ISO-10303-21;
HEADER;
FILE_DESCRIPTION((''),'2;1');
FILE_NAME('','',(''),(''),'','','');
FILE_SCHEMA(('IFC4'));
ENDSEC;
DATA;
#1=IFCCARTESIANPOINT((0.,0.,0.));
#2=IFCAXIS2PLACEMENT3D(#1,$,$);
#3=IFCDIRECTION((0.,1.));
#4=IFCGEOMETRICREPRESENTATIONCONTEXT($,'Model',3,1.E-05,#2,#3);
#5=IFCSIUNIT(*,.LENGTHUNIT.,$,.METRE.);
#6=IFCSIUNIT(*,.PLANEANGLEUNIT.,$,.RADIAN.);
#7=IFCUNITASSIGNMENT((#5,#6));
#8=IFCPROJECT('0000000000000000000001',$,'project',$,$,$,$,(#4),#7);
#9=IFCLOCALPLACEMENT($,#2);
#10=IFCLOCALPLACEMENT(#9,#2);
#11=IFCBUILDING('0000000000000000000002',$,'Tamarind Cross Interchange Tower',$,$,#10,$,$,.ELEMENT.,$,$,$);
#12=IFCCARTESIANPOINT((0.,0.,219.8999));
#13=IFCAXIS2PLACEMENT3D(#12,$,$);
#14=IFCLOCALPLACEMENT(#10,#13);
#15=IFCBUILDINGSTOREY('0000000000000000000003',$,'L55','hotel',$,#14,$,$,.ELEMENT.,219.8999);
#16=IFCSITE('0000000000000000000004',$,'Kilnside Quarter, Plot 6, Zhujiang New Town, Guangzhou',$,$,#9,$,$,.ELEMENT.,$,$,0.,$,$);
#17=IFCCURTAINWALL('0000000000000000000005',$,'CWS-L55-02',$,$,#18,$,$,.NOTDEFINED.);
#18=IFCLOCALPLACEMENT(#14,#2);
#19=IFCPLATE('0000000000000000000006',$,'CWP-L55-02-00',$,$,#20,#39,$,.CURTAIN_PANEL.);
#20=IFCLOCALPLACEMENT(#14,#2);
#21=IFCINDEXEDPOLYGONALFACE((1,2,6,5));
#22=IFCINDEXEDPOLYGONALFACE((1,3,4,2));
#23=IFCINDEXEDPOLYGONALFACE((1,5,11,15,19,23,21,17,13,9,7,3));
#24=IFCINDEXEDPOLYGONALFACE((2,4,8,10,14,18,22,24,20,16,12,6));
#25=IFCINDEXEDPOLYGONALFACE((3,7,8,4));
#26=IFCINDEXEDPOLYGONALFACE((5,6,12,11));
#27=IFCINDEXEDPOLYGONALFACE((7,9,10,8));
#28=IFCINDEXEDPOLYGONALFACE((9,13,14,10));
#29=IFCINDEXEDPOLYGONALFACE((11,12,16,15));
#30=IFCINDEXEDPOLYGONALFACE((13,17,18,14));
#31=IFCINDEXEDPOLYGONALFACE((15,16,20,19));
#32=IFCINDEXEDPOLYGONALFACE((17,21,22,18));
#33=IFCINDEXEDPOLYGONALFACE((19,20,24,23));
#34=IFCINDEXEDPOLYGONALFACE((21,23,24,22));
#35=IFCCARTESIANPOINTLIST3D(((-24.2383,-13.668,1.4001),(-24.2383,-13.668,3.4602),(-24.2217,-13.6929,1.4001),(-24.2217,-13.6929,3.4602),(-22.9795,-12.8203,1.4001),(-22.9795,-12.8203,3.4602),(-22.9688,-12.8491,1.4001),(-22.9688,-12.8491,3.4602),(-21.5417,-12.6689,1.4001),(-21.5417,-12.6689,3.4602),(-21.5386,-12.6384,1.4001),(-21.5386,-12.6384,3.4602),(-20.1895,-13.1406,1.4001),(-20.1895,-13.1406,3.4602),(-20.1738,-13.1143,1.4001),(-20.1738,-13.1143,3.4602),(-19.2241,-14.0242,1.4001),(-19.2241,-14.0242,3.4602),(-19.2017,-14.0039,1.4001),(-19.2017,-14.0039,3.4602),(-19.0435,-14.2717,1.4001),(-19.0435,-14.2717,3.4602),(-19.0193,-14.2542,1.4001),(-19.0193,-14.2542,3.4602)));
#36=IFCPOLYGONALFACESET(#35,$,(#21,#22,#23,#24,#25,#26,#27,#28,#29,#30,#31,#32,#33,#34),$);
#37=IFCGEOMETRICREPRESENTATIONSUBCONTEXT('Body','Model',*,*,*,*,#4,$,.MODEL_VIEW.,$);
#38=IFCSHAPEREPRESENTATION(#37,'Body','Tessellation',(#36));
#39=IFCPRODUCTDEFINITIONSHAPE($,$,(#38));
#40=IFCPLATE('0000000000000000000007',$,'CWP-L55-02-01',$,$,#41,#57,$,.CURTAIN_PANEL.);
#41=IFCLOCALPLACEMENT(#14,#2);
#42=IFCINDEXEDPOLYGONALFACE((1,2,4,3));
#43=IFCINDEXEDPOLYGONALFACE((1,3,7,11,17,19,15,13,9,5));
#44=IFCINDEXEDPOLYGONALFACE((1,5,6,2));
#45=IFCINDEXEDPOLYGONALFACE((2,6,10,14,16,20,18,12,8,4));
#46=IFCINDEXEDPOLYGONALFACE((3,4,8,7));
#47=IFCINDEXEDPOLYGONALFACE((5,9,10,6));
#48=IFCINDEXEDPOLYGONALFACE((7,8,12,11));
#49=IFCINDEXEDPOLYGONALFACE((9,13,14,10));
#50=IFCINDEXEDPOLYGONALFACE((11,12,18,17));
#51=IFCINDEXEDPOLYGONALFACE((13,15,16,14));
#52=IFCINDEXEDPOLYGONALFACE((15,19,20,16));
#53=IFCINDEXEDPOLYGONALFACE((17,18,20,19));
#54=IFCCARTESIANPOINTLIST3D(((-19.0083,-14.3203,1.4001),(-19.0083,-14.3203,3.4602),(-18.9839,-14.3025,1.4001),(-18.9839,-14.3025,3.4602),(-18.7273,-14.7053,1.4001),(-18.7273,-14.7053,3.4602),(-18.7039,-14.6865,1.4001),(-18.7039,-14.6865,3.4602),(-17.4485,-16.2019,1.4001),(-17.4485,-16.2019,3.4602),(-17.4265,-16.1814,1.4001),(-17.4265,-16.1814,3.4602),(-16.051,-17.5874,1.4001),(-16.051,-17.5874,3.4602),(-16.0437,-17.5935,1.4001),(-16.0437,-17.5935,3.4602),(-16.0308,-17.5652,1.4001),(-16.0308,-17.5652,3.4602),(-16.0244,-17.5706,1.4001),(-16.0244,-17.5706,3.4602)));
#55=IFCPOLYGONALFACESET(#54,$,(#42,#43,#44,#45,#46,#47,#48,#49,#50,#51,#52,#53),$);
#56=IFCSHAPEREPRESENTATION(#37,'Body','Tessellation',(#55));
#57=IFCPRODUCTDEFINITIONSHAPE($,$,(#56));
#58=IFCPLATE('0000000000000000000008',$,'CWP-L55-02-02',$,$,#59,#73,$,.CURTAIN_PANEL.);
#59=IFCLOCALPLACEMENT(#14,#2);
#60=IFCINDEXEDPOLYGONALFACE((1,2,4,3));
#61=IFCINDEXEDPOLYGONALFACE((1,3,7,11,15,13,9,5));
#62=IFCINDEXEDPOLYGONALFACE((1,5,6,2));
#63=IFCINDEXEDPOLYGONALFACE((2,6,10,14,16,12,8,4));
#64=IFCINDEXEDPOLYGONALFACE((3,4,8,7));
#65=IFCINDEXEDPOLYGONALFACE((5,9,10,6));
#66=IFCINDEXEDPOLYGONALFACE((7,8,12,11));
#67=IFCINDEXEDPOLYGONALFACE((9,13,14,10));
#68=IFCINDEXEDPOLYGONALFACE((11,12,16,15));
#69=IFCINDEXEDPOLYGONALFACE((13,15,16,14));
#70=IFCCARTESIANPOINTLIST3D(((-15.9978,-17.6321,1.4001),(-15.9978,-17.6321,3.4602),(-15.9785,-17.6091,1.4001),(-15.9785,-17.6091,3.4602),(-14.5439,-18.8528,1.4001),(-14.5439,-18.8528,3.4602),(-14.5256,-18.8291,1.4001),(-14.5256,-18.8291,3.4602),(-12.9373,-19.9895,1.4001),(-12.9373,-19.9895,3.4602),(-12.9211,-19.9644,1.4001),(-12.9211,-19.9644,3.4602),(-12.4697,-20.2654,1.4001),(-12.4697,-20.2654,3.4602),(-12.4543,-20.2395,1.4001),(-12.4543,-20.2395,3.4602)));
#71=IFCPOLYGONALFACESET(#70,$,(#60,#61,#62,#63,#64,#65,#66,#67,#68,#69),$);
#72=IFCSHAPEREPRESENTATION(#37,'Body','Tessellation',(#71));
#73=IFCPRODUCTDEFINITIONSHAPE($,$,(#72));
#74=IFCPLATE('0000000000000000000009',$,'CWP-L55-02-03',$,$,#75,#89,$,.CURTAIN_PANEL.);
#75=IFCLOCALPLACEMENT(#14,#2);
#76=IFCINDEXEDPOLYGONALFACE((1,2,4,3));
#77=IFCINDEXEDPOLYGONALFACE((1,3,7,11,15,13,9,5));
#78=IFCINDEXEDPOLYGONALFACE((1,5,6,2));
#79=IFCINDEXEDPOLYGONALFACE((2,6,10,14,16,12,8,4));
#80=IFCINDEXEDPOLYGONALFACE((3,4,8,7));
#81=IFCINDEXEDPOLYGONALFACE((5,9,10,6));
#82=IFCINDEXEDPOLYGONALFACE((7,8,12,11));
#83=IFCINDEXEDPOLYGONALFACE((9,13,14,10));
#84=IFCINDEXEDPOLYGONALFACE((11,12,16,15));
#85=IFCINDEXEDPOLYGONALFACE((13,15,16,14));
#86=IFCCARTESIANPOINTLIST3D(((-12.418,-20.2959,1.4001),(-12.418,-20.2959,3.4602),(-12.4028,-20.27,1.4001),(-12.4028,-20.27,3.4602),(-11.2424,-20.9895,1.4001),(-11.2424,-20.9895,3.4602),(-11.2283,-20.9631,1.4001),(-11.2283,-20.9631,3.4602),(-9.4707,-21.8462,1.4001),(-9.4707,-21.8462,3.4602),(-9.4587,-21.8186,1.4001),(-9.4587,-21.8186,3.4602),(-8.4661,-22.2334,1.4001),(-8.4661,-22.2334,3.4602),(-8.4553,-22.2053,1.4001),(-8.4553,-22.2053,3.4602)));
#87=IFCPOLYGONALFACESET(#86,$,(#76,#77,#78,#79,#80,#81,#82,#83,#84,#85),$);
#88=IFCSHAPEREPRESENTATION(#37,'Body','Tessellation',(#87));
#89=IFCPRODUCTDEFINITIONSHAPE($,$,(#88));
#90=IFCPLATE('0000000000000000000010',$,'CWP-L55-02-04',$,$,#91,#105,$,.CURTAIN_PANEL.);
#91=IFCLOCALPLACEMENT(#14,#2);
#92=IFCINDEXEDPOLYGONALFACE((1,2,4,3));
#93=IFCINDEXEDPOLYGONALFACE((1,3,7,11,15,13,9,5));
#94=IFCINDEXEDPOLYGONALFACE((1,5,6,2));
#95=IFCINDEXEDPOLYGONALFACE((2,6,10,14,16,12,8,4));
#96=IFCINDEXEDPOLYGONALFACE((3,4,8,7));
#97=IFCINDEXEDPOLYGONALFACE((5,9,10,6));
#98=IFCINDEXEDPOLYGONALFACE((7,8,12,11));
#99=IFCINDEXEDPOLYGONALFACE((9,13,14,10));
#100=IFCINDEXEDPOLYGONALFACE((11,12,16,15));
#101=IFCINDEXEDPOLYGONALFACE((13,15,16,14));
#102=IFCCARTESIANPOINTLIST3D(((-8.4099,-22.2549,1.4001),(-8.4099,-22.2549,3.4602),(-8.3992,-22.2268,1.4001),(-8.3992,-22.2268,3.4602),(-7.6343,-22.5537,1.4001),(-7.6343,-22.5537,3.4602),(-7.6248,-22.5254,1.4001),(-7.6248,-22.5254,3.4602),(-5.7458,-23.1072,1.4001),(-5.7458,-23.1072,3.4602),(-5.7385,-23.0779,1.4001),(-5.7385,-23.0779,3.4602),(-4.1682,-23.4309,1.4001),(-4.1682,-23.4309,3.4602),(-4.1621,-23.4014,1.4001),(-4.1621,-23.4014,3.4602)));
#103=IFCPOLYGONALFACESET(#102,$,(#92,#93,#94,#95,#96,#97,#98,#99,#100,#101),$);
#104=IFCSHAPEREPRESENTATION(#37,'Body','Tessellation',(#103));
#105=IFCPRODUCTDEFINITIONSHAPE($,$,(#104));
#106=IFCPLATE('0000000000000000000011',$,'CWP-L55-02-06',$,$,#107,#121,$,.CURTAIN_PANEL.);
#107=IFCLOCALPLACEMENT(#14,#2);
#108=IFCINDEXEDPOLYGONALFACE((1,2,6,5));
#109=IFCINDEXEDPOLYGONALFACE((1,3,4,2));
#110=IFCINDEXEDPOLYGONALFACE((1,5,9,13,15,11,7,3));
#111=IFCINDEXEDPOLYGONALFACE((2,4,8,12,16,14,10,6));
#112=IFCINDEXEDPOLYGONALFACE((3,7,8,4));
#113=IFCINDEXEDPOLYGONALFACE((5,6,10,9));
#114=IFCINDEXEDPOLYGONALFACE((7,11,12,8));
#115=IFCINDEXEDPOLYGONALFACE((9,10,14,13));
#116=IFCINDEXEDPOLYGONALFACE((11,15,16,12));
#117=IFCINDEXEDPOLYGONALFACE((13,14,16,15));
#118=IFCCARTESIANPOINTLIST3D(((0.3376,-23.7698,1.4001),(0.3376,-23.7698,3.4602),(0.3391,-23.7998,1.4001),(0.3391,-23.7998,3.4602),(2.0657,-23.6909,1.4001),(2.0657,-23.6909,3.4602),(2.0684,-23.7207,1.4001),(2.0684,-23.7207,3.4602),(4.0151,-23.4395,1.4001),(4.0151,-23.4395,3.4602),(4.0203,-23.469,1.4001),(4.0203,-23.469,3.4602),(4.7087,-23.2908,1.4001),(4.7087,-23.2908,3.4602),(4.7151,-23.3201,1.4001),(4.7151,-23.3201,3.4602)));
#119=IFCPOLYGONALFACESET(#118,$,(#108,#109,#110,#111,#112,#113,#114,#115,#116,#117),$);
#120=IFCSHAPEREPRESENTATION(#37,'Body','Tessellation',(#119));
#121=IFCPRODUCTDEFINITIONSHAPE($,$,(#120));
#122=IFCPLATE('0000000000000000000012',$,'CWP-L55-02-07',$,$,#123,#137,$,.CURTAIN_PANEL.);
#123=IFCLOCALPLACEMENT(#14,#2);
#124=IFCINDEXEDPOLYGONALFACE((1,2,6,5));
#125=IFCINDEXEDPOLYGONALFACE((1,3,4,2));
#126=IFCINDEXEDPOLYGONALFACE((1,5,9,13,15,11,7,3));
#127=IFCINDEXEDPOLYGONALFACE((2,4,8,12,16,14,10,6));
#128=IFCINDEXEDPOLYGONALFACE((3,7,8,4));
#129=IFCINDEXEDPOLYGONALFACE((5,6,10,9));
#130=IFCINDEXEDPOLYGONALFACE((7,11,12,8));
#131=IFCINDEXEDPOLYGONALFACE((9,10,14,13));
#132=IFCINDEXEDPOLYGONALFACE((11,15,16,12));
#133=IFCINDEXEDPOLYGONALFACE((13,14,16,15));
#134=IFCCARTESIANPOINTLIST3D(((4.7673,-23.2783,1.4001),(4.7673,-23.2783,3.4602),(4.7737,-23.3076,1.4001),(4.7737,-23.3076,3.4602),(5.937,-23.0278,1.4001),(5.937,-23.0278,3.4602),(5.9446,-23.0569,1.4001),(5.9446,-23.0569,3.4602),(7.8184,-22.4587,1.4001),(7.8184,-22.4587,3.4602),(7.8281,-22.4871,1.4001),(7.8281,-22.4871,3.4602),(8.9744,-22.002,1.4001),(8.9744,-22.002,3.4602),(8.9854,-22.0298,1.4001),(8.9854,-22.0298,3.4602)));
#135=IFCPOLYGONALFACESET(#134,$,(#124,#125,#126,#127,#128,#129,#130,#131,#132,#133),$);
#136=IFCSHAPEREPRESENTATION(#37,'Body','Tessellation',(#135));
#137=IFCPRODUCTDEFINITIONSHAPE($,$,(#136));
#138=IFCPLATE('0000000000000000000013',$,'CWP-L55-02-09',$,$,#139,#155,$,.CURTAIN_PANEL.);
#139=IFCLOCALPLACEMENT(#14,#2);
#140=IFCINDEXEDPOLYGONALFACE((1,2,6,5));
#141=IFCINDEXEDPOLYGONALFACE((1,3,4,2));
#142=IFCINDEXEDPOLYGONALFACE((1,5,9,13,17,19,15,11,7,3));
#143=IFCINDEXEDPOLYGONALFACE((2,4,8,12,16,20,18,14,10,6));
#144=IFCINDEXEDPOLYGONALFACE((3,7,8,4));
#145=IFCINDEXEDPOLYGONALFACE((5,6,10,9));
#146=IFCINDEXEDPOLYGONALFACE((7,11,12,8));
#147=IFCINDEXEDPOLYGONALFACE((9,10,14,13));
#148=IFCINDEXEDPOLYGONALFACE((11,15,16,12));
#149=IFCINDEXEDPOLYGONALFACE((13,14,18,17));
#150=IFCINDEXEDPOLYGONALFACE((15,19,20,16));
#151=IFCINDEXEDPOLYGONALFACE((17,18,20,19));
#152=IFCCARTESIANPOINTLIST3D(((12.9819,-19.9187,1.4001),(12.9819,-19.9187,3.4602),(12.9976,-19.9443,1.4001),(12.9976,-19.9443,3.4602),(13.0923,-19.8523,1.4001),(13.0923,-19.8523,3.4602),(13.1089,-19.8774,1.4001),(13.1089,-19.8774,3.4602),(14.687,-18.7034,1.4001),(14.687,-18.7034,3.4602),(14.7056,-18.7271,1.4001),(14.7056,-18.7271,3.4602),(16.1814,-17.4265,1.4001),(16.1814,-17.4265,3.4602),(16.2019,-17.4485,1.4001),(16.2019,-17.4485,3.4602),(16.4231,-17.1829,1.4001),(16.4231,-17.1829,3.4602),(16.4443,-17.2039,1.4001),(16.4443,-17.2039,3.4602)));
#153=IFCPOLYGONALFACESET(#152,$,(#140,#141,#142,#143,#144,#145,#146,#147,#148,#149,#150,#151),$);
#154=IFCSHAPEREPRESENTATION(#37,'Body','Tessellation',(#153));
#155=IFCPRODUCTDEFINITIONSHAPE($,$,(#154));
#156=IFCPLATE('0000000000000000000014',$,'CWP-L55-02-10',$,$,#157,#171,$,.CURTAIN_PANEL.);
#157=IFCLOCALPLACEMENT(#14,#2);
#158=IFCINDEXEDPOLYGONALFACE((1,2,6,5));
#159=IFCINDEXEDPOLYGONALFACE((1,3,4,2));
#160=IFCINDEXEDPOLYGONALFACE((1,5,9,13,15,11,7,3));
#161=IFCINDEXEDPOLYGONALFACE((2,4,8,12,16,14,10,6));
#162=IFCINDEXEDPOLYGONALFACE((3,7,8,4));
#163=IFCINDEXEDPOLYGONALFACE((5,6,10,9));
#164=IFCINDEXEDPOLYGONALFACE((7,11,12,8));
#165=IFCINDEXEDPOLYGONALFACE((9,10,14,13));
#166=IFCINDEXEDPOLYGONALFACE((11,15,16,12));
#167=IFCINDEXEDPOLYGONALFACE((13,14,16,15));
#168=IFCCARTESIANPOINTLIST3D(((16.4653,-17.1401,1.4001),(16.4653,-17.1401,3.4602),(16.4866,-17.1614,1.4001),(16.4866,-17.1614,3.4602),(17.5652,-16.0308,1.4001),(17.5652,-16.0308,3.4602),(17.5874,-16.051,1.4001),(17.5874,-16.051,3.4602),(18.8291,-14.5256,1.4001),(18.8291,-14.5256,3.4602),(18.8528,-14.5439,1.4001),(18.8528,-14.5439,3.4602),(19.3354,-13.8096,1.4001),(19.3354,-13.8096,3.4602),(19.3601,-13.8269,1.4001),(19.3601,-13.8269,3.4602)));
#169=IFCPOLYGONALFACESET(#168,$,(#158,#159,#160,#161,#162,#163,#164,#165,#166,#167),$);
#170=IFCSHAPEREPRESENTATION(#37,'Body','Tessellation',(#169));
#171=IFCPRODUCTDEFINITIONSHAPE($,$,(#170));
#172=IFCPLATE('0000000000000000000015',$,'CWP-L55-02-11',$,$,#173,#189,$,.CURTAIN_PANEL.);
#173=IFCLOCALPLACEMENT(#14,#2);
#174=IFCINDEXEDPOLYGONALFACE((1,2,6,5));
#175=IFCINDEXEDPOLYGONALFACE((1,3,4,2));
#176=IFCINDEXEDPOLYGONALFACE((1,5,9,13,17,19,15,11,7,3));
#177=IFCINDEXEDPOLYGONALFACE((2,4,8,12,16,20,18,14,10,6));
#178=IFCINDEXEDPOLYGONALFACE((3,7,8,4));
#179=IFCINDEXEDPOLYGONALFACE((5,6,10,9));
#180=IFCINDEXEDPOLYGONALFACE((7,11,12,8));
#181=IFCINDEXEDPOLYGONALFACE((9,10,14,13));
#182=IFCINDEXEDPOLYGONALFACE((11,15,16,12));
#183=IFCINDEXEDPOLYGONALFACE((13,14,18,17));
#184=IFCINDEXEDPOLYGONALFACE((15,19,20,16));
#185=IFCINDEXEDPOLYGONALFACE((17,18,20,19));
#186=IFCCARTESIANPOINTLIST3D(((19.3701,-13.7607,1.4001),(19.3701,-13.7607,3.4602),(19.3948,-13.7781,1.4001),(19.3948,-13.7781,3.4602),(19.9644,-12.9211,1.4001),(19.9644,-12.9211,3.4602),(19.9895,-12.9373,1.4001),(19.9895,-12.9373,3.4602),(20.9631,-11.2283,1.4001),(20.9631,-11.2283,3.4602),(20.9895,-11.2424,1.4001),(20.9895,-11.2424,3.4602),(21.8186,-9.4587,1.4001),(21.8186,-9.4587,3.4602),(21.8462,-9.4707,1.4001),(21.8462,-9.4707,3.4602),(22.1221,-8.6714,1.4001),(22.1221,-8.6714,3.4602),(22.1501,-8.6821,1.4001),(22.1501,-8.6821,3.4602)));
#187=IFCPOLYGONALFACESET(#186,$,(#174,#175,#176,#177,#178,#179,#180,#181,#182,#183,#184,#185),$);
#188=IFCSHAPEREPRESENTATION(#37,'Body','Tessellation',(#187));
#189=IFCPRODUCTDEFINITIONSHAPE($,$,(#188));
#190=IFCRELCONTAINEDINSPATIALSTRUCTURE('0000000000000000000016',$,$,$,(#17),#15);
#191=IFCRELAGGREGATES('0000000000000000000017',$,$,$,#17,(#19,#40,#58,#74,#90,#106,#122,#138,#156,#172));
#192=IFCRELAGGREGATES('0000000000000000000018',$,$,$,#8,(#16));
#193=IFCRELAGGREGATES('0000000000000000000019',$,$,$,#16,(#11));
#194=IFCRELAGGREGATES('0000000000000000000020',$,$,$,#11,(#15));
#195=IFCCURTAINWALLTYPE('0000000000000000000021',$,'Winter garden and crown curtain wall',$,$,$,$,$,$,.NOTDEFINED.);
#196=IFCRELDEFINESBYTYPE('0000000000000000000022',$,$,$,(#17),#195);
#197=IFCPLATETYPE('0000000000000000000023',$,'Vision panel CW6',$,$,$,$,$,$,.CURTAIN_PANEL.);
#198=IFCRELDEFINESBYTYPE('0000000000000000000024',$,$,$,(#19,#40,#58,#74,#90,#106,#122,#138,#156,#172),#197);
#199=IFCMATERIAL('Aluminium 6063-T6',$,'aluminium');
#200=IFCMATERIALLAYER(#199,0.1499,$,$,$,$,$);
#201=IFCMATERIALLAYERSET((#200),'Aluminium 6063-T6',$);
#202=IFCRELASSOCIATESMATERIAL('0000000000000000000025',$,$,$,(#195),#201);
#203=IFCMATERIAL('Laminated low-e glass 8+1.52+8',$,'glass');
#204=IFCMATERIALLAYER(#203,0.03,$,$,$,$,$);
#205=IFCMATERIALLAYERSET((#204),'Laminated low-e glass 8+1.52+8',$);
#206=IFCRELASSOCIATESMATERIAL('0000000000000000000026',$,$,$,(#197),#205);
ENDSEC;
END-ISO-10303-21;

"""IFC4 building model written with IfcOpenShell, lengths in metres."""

from ifc_helpers import new_model, si_unit, direction, frame, origin, place, context, subcontext, project, spatial, polyline, outline, extrude, material, layer, layer_set, type_object, element, aggregate, save


model = new_model("IFC4")

# Units and contexts
model_context = context("Model", 3, precision=1e-05, world=origin(), true_north=direction((0.0, 1.0)))
body_context = subcontext(model_context, "Body", "Model", "MODEL_VIEW")
ifc_project = project(units=[si_unit("LENGTHUNIT", "METRE"), si_unit("PLANEANGLEUNIT", "RADIAN")], contexts=[model_context])

# Site, building, storey
site_placement = place(None, origin())
site = spatial("IfcSite", under=ifc_project, at=site_placement, Name="Kilnside Quarter, Plot 6, Zhujiang New Town, Guangzhou", CompositionType="ELEMENT", RefElevation=0.0)
building_placement = place(site_placement, origin())
building = spatial("IfcBuilding", under=site, at=building_placement, Name="Tamarind Cross Interchange Tower", CompositionType="ELEMENT")
storey_placement = place(building_placement, frame((0.0, 0.0, 219.8999)))
storey = spatial("IfcBuildingStorey", under=building, at=storey_placement, Name="L55", Description="hotel", CompositionType="ELEMENT", Elevation=219.8999)

# Shared definitions
ifc_material_1 = material(Name="Aluminium 6063-T6", Category="aluminium")

# Curtain wall, plates
ifc_layer_1 = layer(ifc_material_1, 0.1499)
ifc_layer_set_1 = layer_set([ifc_layer_1], Name="Aluminium 6063-T6")
curtain_wall_type_1 = type_object("IfcCurtainWallType", Name="Winter garden and crown curtain wall", PredefinedType="NOTDEFINED", material=ifc_layer_set_1)
curtain_wall_1_placement = place(storey_placement, origin())
curtain_wall_1 = element("IfcCurtainWall", 1, at=curtain_wall_1_placement, inside=storey, type_object=curtain_wall_type_1, Name="CWS-L55-02", PredefinedType="NOTDEFINED")
ifc_material_2 = material(Name="Laminated low-e glass 8+1.52+8", Category="glass")
ifc_layer_2 = layer(ifc_material_2, 0.03)
ifc_layer_set_2 = layer_set([ifc_layer_2], Name="Laminated low-e glass 8+1.52+8")
plate_type_1 = type_object("IfcPlateType", Name="Vision panel CW6", PredefinedType="CURTAIN_PANEL", material=ifc_layer_set_2)
plate_1_placement = place(storey_placement, frame((0.0, 0.0, 1.4001)))
plate_1 = element("IfcPlate", 2, at=plate_1_placement, type_object=plate_type_1, Name="CWP-L55-02-00", PredefinedType="CURTAIN_PANEL", context=body_context, shape_type="SweptSolid", body=[
    extrude(outline(polyline([(-24.2383, -13.668), (-22.9795, -12.8203), (-21.5386, -12.6384), (-20.1738, -13.1143), (-19.2017, -14.0039), (-19.0193, -14.2542), (-19.0435, -14.2717), (-19.2241, -14.0242), (-20.1895, -13.1406), (-21.5417, -12.6689), (-22.9688, -12.8491), (-24.2217, -13.6929), (-24.2383, -13.668)])), origin(), (0.0, 0.0, 1.0), 2.0601),
])
plate_2_placement = place(storey_placement, frame((0.0, 0.0, 1.4001)))
plate_2 = element("IfcPlate", 3, at=plate_2_placement, type_object=plate_type_1, Name="CWP-L55-02-01", PredefinedType="CURTAIN_PANEL", context=body_context, shape_type="SweptSolid", body=[
    extrude(outline(polyline([(-18.9839, -14.3025), (-18.7039, -14.6865), (-17.4265, -16.1814), (-16.0308, -17.5652), (-16.0244, -17.5706), (-16.0437, -17.5935), (-16.051, -17.5874), (-17.4485, -16.2019), (-18.7273, -14.7053), (-19.0083, -14.3203), (-18.9839, -14.3025)])), origin(), (0.0, 0.0, 1.0), 2.0601),
])
plate_3_placement = place(storey_placement, frame((0.0, 0.0, 1.4001)))
plate_3 = element("IfcPlate", 4, at=plate_3_placement, type_object=plate_type_1, Name="CWP-L55-02-02", PredefinedType="CURTAIN_PANEL", context=body_context, shape_type="SweptSolid", body=[
    extrude(outline(polyline([(-15.9785, -17.6091), (-14.5256, -18.8291), (-12.9211, -19.9644), (-12.4543, -20.2395), (-12.4697, -20.2654), (-12.9373, -19.9895), (-14.5439, -18.8528), (-15.9978, -17.6321), (-15.9785, -17.6091)])), origin(), (0.0, 0.0, 1.0), 2.0601),
])
plate_4_placement = place(storey_placement, frame((0.0, 0.0, 1.4001)))
plate_4 = element("IfcPlate", 5, at=plate_4_placement, type_object=plate_type_1, Name="CWP-L55-02-03", PredefinedType="CURTAIN_PANEL", context=body_context, shape_type="SweptSolid", body=[
    extrude(outline(polyline([(-12.4028, -20.27), (-11.2283, -20.9631), (-9.4587, -21.8186), (-8.4553, -22.2053), (-8.4661, -22.2334), (-9.4707, -21.8462), (-11.2424, -20.9895), (-12.418, -20.2959), (-12.4028, -20.27)])), origin(), (0.0, 0.0, 1.0), 2.0601),
])
plate_5_placement = place(storey_placement, frame((0.0, 0.0, 1.4001)))
plate_5 = element("IfcPlate", 6, at=plate_5_placement, type_object=plate_type_1, Name="CWP-L55-02-04", PredefinedType="CURTAIN_PANEL", context=body_context, shape_type="SweptSolid", body=[
    extrude(outline(polyline([(-8.3992, -22.2268), (-7.6248, -22.5254), (-5.7385, -23.0779), (-4.1621, -23.4014), (-4.1682, -23.4309), (-5.7458, -23.1072), (-7.6343, -22.5537), (-8.4099, -22.2549), (-8.3992, -22.2268)])), origin(), (0.0, 0.0, 1.0), 2.0601),
])
plate_6_placement = place(storey_placement, frame((0.0, 0.0, 1.4001)))
plate_6 = element("IfcPlate", 7, at=plate_6_placement, type_object=plate_type_1, Name="CWP-L55-02-06", PredefinedType="CURTAIN_PANEL", context=body_context, shape_type="SweptSolid", body=[
    extrude(outline(polyline([(0.3376, -23.7698), (2.0657, -23.6909), (4.0151, -23.4395), (4.7087, -23.2908), (4.7151, -23.3201), (4.0203, -23.469), (2.0684, -23.7207), (0.3391, -23.7998), (0.3376, -23.7698)])), origin(), (0.0, 0.0, 1.0), 2.0601),
])
plate_7_placement = place(storey_placement, frame((0.0, 0.0, 1.4001)))
plate_7 = element("IfcPlate", 8, at=plate_7_placement, type_object=plate_type_1, Name="CWP-L55-02-07", PredefinedType="CURTAIN_PANEL", context=body_context, shape_type="SweptSolid", body=[
    extrude(outline(polyline([(4.7673, -23.2783), (5.937, -23.0278), (7.8184, -22.4587), (8.9744, -22.002), (8.9854, -22.0298), (7.8281, -22.4871), (5.9446, -23.0569), (4.7737, -23.3076), (4.7673, -23.2783)])), origin(), (0.0, 0.0, 1.0), 2.0601),
])
plate_8_placement = place(storey_placement, frame((0.0, 0.0, 1.4001)))
plate_8 = element("IfcPlate", 9, at=plate_8_placement, type_object=plate_type_1, Name="CWP-L55-02-09", PredefinedType="CURTAIN_PANEL", context=body_context, shape_type="SweptSolid", body=[
    extrude(outline(polyline([(12.9819, -19.9187), (13.0923, -19.8523), (14.687, -18.7034), (16.1814, -17.4265), (16.4231, -17.1829), (16.4443, -17.2039), (16.2019, -17.4485), (14.7056, -18.7271), (13.1089, -19.8774), (12.9976, -19.9443), (12.9819, -19.9187)])), origin(), (0.0, 0.0, 1.0), 2.0601),
])
plate_9_placement = place(storey_placement, frame((0.0, 0.0, 1.4001)))
plate_9 = element("IfcPlate", 10, at=plate_9_placement, type_object=plate_type_1, Name="CWP-L55-02-10", PredefinedType="CURTAIN_PANEL", context=body_context, shape_type="SweptSolid", body=[
    extrude(outline(polyline([(16.4653, -17.1401), (17.5652, -16.0308), (18.8291, -14.5256), (19.3354, -13.8096), (19.3601, -13.8269), (18.8528, -14.5439), (17.5874, -16.051), (16.4866, -17.1614), (16.4653, -17.1401)])), origin(), (0.0, 0.0, 1.0), 2.0601),
])
plate_10_placement = place(storey_placement, frame((0.0, 0.0, 1.4001)))
plate_10 = element("IfcPlate", 11, at=plate_10_placement, type_object=plate_type_1, Name="CWP-L55-02-11", PredefinedType="CURTAIN_PANEL", context=body_context, shape_type="SweptSolid", body=[
    extrude(outline(polyline([(19.3701, -13.7607), (19.9644, -12.9211), (20.9631, -11.2283), (21.8186, -9.4587), (22.1221, -8.6714), (22.1501, -8.6821), (21.8462, -9.4707), (20.9895, -11.2424), (19.9895, -12.9373), (19.3948, -13.7781), (19.3701, -13.7607)])), origin(), (0.0, 0.0, 1.0), 2.0601),
])
aggregate(curtain_wall_1, [plate_1, plate_2, plate_3, plate_4, plate_5, plate_6, plate_7, plate_8, plate_9, plate_10])

save(model, "model.ifc")
